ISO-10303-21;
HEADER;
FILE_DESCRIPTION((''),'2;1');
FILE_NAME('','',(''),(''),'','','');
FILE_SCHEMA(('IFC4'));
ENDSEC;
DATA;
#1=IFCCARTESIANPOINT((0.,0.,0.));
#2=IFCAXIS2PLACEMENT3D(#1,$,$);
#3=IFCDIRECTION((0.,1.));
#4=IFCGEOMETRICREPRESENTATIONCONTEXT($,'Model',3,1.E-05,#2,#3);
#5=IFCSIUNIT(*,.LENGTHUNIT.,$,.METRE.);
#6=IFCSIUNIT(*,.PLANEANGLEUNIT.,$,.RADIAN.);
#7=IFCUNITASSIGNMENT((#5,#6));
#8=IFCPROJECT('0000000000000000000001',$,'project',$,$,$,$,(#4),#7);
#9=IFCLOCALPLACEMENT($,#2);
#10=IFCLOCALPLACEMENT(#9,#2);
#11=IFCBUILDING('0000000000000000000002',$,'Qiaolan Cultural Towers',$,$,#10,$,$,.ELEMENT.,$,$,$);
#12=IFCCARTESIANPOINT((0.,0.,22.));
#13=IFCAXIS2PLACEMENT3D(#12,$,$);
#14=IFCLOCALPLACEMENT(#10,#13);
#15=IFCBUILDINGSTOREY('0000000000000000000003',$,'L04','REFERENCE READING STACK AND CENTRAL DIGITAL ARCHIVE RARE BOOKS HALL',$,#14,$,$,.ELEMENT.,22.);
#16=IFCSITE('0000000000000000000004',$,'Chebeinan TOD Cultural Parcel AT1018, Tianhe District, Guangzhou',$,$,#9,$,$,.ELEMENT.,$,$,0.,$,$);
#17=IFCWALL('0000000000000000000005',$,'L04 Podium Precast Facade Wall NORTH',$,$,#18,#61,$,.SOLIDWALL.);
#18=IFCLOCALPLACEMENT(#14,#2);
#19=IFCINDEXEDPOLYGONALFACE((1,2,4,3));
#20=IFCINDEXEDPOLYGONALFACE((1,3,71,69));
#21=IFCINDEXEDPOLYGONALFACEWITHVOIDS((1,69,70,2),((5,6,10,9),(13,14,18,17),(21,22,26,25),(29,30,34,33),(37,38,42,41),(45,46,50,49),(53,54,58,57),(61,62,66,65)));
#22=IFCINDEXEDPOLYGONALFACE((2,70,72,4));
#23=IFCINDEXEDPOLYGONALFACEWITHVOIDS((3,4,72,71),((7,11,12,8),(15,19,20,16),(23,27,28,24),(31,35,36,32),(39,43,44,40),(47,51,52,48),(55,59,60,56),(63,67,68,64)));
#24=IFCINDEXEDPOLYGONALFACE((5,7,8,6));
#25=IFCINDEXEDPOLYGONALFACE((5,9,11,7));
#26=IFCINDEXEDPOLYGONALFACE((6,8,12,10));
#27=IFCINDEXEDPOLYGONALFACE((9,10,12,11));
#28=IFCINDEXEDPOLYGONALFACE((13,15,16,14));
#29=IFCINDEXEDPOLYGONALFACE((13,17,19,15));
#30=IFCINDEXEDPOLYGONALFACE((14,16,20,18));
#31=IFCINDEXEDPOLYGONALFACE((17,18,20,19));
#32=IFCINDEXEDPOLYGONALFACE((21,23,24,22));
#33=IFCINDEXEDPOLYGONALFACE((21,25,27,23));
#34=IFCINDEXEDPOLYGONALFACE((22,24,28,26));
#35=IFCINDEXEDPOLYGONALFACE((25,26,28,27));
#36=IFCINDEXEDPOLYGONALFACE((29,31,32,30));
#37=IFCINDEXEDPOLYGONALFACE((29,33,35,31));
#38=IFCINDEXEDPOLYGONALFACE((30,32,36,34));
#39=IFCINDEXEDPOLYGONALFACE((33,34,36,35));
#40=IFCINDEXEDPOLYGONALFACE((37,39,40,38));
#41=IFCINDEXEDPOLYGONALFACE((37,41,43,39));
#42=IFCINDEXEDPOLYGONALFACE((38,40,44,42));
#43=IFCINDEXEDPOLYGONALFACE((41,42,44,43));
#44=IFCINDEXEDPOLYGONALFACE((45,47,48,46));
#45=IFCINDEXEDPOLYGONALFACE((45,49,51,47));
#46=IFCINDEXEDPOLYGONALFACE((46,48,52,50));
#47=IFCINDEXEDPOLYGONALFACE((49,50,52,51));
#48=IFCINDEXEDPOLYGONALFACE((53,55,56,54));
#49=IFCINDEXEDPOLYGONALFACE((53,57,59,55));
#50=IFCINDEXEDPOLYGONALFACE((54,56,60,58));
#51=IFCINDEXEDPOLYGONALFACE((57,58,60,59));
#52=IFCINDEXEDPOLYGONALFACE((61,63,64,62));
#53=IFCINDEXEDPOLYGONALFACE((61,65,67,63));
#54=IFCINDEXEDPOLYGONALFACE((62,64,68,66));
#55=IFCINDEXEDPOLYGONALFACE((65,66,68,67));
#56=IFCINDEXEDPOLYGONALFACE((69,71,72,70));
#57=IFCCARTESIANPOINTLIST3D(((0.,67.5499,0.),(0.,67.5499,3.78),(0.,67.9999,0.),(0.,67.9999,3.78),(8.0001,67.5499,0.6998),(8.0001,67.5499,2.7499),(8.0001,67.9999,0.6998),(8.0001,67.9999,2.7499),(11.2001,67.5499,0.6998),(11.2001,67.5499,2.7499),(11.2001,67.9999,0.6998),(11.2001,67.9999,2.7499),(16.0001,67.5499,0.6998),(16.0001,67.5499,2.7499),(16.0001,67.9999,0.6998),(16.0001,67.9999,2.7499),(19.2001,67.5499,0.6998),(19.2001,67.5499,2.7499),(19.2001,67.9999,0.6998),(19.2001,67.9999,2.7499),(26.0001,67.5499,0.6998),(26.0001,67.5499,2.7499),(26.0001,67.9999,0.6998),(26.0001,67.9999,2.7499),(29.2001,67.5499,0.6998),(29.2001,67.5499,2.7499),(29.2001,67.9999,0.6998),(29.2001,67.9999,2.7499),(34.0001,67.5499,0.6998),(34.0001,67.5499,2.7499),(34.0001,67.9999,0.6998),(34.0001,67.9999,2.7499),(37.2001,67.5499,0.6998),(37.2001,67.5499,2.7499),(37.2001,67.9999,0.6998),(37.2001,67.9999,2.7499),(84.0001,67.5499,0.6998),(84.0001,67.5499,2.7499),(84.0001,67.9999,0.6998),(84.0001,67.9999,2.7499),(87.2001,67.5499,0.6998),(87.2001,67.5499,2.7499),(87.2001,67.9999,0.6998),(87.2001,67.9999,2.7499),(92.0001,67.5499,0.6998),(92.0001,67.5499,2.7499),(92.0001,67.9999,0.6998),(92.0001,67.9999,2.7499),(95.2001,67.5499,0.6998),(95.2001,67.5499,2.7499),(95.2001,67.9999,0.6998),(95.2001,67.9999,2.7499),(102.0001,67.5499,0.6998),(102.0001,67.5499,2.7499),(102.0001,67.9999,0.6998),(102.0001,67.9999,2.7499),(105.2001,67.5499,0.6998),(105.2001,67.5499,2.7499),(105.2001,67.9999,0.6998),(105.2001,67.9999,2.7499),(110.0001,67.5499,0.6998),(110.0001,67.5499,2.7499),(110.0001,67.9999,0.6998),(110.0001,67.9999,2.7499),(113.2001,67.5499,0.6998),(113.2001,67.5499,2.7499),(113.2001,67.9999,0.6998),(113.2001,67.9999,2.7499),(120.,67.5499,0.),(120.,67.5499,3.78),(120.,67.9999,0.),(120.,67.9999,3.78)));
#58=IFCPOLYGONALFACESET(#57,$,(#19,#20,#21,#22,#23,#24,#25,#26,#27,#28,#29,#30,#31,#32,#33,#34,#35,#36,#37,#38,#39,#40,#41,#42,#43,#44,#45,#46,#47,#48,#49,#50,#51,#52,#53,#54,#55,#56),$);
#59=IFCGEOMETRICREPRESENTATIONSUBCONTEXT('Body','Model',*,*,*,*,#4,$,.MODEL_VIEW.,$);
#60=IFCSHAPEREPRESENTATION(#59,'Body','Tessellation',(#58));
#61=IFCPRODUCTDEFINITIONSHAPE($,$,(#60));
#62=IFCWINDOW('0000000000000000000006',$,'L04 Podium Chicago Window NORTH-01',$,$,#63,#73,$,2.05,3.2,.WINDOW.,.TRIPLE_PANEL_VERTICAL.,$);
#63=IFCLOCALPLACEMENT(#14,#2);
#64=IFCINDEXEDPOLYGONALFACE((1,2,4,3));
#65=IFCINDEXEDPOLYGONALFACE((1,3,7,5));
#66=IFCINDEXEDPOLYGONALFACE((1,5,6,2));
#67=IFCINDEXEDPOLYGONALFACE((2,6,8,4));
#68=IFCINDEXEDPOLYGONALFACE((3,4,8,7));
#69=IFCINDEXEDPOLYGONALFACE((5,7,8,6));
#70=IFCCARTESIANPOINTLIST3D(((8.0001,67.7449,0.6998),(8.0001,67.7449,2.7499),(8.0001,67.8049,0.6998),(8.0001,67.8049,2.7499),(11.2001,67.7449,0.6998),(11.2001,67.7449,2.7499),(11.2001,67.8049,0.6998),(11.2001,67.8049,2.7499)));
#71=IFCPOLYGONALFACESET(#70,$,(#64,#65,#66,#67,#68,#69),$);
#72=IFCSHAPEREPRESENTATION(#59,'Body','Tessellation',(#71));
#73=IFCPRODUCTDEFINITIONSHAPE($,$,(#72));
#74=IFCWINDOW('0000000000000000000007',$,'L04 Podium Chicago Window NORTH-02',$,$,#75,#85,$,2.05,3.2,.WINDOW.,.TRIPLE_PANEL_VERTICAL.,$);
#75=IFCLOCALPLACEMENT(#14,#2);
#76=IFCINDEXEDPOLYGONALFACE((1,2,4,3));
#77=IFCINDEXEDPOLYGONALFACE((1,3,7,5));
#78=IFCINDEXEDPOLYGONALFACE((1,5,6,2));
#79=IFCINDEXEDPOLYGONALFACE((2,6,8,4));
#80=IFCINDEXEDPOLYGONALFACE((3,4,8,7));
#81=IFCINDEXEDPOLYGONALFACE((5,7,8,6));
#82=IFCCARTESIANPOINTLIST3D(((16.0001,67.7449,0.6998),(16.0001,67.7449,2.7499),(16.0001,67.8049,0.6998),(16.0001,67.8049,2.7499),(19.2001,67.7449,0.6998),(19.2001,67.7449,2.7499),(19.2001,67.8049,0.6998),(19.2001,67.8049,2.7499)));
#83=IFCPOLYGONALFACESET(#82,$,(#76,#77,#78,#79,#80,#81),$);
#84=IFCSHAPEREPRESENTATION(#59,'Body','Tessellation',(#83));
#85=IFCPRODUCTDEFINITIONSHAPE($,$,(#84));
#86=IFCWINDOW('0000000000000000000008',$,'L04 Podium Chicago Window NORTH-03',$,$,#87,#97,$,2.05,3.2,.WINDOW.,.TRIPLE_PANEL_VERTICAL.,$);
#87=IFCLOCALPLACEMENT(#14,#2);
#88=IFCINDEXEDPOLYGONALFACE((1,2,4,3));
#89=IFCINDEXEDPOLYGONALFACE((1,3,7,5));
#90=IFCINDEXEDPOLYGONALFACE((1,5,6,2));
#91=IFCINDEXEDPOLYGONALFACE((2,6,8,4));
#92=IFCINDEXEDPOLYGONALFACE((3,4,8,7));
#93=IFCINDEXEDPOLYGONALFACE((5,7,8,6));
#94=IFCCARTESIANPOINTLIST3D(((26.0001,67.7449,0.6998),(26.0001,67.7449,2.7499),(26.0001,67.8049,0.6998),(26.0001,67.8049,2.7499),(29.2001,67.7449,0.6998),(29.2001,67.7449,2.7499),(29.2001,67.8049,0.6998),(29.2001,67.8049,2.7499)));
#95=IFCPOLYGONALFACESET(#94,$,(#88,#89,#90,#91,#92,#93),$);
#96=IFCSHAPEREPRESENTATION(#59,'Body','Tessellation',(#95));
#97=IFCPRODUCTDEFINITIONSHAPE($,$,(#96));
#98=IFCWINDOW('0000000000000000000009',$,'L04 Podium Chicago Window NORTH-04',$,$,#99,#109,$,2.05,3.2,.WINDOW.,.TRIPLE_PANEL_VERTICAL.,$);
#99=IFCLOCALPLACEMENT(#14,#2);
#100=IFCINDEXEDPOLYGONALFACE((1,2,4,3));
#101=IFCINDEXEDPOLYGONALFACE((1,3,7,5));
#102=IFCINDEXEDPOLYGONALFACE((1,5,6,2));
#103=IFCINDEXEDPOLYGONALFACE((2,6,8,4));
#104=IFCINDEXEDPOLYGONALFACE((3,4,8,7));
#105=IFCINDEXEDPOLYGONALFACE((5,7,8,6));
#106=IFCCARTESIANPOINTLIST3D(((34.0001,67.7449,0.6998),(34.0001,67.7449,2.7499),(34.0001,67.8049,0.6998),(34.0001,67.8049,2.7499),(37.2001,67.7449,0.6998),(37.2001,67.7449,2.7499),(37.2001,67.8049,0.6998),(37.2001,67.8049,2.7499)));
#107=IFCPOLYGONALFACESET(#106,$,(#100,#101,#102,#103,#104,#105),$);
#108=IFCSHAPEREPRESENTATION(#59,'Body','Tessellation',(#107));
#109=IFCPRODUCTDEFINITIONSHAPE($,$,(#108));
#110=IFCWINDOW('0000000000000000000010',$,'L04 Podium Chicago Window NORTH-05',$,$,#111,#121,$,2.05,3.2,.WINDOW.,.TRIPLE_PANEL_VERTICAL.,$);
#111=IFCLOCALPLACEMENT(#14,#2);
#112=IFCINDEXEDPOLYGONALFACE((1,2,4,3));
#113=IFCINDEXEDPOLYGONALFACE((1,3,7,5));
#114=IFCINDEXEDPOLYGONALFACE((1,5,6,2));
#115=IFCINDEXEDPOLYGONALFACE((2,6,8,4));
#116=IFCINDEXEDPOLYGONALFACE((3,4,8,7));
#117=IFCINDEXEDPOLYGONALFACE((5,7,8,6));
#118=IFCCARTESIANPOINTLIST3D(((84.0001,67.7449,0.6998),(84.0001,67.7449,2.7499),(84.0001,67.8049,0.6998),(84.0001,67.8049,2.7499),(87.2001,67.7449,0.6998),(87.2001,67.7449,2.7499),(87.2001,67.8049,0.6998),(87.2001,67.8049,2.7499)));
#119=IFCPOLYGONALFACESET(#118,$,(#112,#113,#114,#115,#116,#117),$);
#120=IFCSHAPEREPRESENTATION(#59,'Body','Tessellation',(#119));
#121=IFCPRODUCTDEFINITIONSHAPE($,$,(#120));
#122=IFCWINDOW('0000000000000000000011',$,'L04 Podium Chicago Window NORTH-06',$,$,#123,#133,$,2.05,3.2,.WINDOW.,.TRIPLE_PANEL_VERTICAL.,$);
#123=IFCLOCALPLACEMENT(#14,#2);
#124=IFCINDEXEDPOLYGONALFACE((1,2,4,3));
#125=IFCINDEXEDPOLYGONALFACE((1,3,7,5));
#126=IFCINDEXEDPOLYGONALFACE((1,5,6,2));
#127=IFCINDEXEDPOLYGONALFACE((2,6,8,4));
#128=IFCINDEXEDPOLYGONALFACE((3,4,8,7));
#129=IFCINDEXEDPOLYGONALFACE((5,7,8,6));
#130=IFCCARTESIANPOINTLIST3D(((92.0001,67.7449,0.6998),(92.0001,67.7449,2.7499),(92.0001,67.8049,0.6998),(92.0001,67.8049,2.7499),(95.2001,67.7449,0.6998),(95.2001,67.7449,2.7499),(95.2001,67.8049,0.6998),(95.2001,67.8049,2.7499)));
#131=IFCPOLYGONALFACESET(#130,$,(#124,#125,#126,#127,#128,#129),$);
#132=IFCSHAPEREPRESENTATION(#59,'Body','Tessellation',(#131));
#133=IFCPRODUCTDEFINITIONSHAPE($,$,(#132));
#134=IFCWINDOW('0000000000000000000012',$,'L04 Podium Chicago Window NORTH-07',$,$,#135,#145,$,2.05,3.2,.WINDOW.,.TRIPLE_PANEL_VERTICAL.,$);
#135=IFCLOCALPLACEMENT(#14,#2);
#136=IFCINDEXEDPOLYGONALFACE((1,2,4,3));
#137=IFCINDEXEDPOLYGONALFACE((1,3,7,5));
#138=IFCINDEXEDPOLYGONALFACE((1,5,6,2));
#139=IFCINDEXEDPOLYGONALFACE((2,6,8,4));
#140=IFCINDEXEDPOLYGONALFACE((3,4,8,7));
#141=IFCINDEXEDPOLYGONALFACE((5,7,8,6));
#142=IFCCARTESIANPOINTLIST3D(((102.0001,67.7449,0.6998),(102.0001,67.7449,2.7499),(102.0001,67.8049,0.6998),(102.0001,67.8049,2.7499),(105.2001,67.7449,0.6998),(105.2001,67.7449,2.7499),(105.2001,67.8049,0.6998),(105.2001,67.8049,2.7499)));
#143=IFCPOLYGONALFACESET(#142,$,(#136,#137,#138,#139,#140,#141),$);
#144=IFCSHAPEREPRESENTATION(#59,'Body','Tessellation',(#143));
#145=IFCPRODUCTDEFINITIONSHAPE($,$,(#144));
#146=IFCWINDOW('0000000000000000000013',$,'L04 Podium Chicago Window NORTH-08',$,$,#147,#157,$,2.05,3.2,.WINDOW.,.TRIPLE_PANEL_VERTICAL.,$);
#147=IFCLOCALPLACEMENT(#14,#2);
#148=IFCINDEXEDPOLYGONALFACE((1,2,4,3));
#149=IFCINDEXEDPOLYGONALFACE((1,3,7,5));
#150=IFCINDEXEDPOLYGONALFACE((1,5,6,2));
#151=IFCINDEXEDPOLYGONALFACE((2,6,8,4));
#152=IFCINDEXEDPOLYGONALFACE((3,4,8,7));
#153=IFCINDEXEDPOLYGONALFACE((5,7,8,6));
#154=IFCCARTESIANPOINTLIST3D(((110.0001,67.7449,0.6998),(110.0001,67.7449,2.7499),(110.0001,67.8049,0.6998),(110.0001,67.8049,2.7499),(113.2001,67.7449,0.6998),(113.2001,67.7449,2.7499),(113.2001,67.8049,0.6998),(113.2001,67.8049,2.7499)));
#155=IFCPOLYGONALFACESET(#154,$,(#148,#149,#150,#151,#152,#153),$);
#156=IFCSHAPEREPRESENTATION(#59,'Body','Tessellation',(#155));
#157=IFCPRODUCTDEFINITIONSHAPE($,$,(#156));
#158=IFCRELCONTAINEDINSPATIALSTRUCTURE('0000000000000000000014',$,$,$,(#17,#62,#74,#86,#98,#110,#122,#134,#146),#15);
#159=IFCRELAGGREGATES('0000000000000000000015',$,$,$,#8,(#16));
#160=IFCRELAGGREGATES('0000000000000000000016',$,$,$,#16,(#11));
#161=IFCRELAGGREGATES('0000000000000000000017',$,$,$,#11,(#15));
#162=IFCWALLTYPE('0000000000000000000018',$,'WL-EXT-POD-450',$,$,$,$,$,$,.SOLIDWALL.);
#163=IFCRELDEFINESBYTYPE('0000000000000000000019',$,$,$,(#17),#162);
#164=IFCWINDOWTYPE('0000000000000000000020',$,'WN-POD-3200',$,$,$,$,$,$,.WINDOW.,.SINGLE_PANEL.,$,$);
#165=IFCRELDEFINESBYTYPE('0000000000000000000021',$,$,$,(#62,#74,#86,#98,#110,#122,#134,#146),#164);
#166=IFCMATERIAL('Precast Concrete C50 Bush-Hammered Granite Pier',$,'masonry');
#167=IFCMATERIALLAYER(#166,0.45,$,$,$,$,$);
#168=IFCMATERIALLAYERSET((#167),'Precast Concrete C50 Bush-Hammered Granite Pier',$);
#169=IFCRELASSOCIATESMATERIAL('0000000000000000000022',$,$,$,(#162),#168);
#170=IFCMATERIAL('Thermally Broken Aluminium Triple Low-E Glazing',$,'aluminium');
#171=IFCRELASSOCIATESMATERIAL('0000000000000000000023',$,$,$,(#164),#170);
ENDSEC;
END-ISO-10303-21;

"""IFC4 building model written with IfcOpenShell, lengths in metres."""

from ifc_helpers import new_model, si_unit, direction, frame, frame_2d, origin, place, context, subcontext, project, spatial, rectangle, extrude, material, layer, layer_set, type_object, element, fill, save


model = new_model("IFC4")

# Units and contexts
model_context = context("Model", 3, precision=1e-05, world=origin(), true_north=direction((0.0, 1.0)))
body_context = subcontext(model_context, "Body", "Model", "MODEL_VIEW")
ifc_project = project(units=[si_unit("LENGTHUNIT", "METRE"), si_unit("PLANEANGLEUNIT", "RADIAN")], contexts=[model_context])

# Site, building, storey
site_placement = place(None, origin())
site = spatial("IfcSite", under=ifc_project, at=site_placement, Name="Chebeinan TOD Cultural Parcel AT1018, Tianhe District, Guangzhou", CompositionType="ELEMENT", RefElevation=0.0)
building_placement = place(site_placement, origin())
building = spatial("IfcBuilding", under=site, at=building_placement, Name="Qiaolan Cultural Towers", CompositionType="ELEMENT")
storey_placement = place(building_placement, frame((0.0, 0.0, 22.0)))
storey = spatial("IfcBuildingStorey", under=building, at=storey_placement, Name="L04", Description="REFERENCE READING STACK AND CENTRAL DIGITAL ARCHIVE RARE BOOKS HALL", CompositionType="ELEMENT", Elevation=22.0)

# Wall, openings, windows
ifc_material_1 = material(Name="Precast Concrete C50 Bush-Hammered Granite Pier", Category="masonry")
ifc_layer_1 = layer(ifc_material_1, 0.45)
ifc_layer_set_1 = layer_set([ifc_layer_1], Name="Precast Concrete C50 Bush-Hammered Granite Pier")
wall_type_1 = type_object("IfcWallType", Name="WL-EXT-POD-450", PredefinedType="SOLIDWALL", material=ifc_layer_set_1)
wall_1_placement = place(storey_placement, frame((0.0, 67.7749, 0.0), z_axis=(0.0, 0.0, 1.0), x_axis=(1.0, 0.0, 0.0)))
wall_1 = element("IfcWall", 1, at=wall_1_placement, inside=storey, type_object=wall_type_1, Name="L04 Podium Precast Facade Wall NORTH", PredefinedType="SOLIDWALL", context=body_context, shape_type="SweptSolid", body=[
    extrude(rectangle(XDim=120.0, YDim=0.45, at=frame_2d((60.0, 0.0))), origin(), (0.0, 0.0, 1.0), 3.78),
])
opening_1_placement = place(wall_1_placement, frame((8.0, 0.0, 0.7)))
opening_1 = element("IfcOpeningElement", 2, at=opening_1_placement, cuts=wall_1, PredefinedType="OPENING", context=body_context, shape_type="SweptSolid", body=[
    extrude(rectangle(XDim=3.2, YDim=2.05, at=frame_2d((1.6001, 1.0249))), frame((0.0, 0.2349, 0.0), z_axis=(0.0, -1.0, 0.0), x_axis=(1.0, 0.0, 0.0)), (0.0, 0.0, 1.0), 0.47),
])
opening_2_placement = place(wall_1_placement, frame((16.0, 0.0, 0.7)))
opening_2 = element("IfcOpeningElement", 3, at=opening_2_placement, cuts=wall_1, PredefinedType="OPENING", context=body_context, shape_type="SweptSolid", body=[
    extrude(rectangle(XDim=3.2, YDim=2.05, at=frame_2d((1.6001, 1.0249))), frame((0.0, 0.2349, 0.0), z_axis=(0.0, -1.0, 0.0), x_axis=(1.0, 0.0, 0.0)), (0.0, 0.0, 1.0), 0.47),
])
opening_3_placement = place(wall_1_placement, frame((26.0, 0.0, 0.7)))
opening_3 = element("IfcOpeningElement", 4, at=opening_3_placement, cuts=wall_1, PredefinedType="OPENING", context=body_context, shape_type="SweptSolid", body=[
    extrude(rectangle(XDim=3.2, YDim=2.05, at=frame_2d((1.6001, 1.0249))), frame((0.0, 0.2349, 0.0), z_axis=(0.0, -1.0, 0.0), x_axis=(1.0, 0.0, 0.0)), (0.0, 0.0, 1.0), 0.47),
])
opening_4_placement = place(wall_1_placement, frame((34.0, 0.0, 0.7)))
opening_4 = element("IfcOpeningElement", 5, at=opening_4_placement, cuts=wall_1, PredefinedType="OPENING", context=body_context, shape_type="SweptSolid", body=[
    extrude(rectangle(XDim=3.2, YDim=2.05, at=frame_2d((1.6001, 1.0249))), frame((0.0, 0.2349, 0.0), z_axis=(0.0, -1.0, 0.0), x_axis=(1.0, 0.0, 0.0)), (0.0, 0.0, 1.0), 0.47),
])
opening_5_placement = place(wall_1_placement, frame((84.0, 0.0, 0.7)))
opening_5 = element("IfcOpeningElement", 6, at=opening_5_placement, cuts=wall_1, PredefinedType="OPENING", context=body_context, shape_type="SweptSolid", body=[
    extrude(rectangle(XDim=3.2, YDim=2.05, at=frame_2d((1.6001, 1.0249))), frame((0.0, 0.2349, 0.0), z_axis=(0.0, -1.0, 0.0), x_axis=(1.0, 0.0, 0.0)), (0.0, 0.0, 1.0), 0.47),
])
opening_6_placement = place(wall_1_placement, frame((92.0, 0.0, 0.7)))
opening_6 = element("IfcOpeningElement", 7, at=opening_6_placement, cuts=wall_1, PredefinedType="OPENING", context=body_context, shape_type="SweptSolid", body=[
    extrude(rectangle(XDim=3.2, YDim=2.05, at=frame_2d((1.6001, 1.0249))), frame((0.0, 0.2349, 0.0), z_axis=(0.0, -1.0, 0.0), x_axis=(1.0, 0.0, 0.0)), (0.0, 0.0, 1.0), 0.47),
])
opening_7_placement = place(wall_1_placement, frame((102.0, 0.0, 0.7)))
opening_7 = element("IfcOpeningElement", 8, at=opening_7_placement, cuts=wall_1, PredefinedType="OPENING", context=body_context, shape_type="SweptSolid", body=[
    extrude(rectangle(XDim=3.2, YDim=2.05, at=frame_2d((1.6001, 1.0249))), frame((0.0, 0.2349, 0.0), z_axis=(0.0, -1.0, 0.0), x_axis=(1.0, 0.0, 0.0)), (0.0, 0.0, 1.0), 0.47),
])
opening_8_placement = place(wall_1_placement, frame((110.0, 0.0, 0.7)))
opening_8 = element("IfcOpeningElement", 9, at=opening_8_placement, cuts=wall_1, PredefinedType="OPENING", context=body_context, shape_type="SweptSolid", body=[
    extrude(rectangle(XDim=3.2, YDim=2.05, at=frame_2d((1.6001, 1.0249))), frame((0.0, 0.2349, 0.0), z_axis=(0.0, -1.0, 0.0), x_axis=(1.0, 0.0, 0.0)), (0.0, 0.0, 1.0), 0.47),
])
ifc_material_2 = material(Name="Thermally Broken Aluminium Triple Low-E Glazing", Category="aluminium")
window_type = type_object("IfcWindowType", Name="WN-POD-3200", PartitioningType="SINGLE_PANEL", PredefinedType="WINDOW", material=ifc_material_2)
window_1_placement = place(opening_1_placement, origin())
window_1 = element("IfcWindow", 10, at=window_1_placement, inside=storey, type_object=window_type, Name="L04 Podium Chicago Window NORTH-01", OverallHeight=2.05, OverallWidth=3.2, PartitioningType="TRIPLE_PANEL_VERTICAL", PredefinedType="WINDOW", context=body_context, shape_type="SweptSolid", body=[
    extrude(rectangle(XDim=3.2, YDim=2.05, at=frame_2d((1.6001, 1.0249))), frame((0.0, 0.03, 0.0), z_axis=(0.0, -1.0, 0.0), x_axis=(1.0, 0.0, 0.0)), (0.0, 0.0, 1.0), 0.0601),
])
fill(opening_1, window_1)
window_2_placement = place(opening_2_placement, origin())
window_2 = element("IfcWindow", 11, at=window_2_placement, inside=storey, type_object=window_type, Name="L04 Podium Chicago Window NORTH-02", OverallHeight=2.05, OverallWidth=3.2, PartitioningType="TRIPLE_PANEL_VERTICAL", PredefinedType="WINDOW", context=body_context, shape_type="SweptSolid", body=[
    extrude(rectangle(XDim=3.2, YDim=2.05, at=frame_2d((1.6001, 1.0249))), frame((0.0, 0.03, 0.0), z_axis=(0.0, -1.0, 0.0), x_axis=(1.0, 0.0, 0.0)), (0.0, 0.0, 1.0), 0.0601),
])
fill(opening_2, window_2)
window_3_placement = place(opening_3_placement, origin())
window_3 = element("IfcWindow", 12, at=window_3_placement, inside=storey, type_object=window_type, Name="L04 Podium Chicago Window NORTH-03", OverallHeight=2.05, OverallWidth=3.2, PartitioningType="TRIPLE_PANEL_VERTICAL", PredefinedType="WINDOW", context=body_context, shape_type="SweptSolid", body=[
    extrude(rectangle(XDim=3.2, YDim=2.05, at=frame_2d((1.6001, 1.0249))), frame((0.0, 0.03, 0.0), z_axis=(0.0, -1.0, 0.0), x_axis=(1.0, 0.0, 0.0)), (0.0, 0.0, 1.0), 0.0601),
])
fill(opening_3, window_3)
window_4_placement = place(opening_4_placement, origin())
window_4 = element("IfcWindow", 13, at=window_4_placement, inside=storey, type_object=window_type, Name="L04 Podium Chicago Window NORTH-04", OverallHeight=2.05, OverallWidth=3.2, PartitioningType="TRIPLE_PANEL_VERTICAL", PredefinedType="WINDOW", context=body_context, shape_type="SweptSolid", body=[
    extrude(rectangle(XDim=3.2, YDim=2.05, at=frame_2d((1.6001, 1.0249))), frame((0.0, 0.03, 0.0), z_axis=(0.0, -1.0, 0.0), x_axis=(1.0, 0.0, 0.0)), (0.0, 0.0, 1.0), 0.0601),
])
fill(opening_4, window_4)
window_5_placement = place(opening_5_placement, origin())
window_5 = element("IfcWindow", 14, at=window_5_placement, inside=storey, type_object=window_type, Name="L04 Podium Chicago Window NORTH-05", OverallHeight=2.05, OverallWidth=3.2, PartitioningType="TRIPLE_PANEL_VERTICAL", PredefinedType="WINDOW", context=body_context, shape_type="SweptSolid", body=[
    extrude(rectangle(XDim=3.2, YDim=2.05, at=frame_2d((1.6001, 1.0249))), frame((0.0, 0.03, 0.0), z_axis=(0.0, -1.0, 0.0), x_axis=(1.0, 0.0, 0.0)), (0.0, 0.0, 1.0), 0.0601),
])
fill(opening_5, window_5)
window_6_placement = place(opening_6_placement, origin())
window_6 = element("IfcWindow", 15, at=window_6_placement, inside=storey, type_object=window_type, Name="L04 Podium Chicago Window NORTH-06", OverallHeight=2.05, OverallWidth=3.2, PartitioningType="TRIPLE_PANEL_VERTICAL", PredefinedType="WINDOW", context=body_context, shape_type="SweptSolid", body=[
    extrude(rectangle(XDim=3.2, YDim=2.05, at=frame_2d((1.6001, 1.0249))), frame((0.0, 0.03, 0.0), z_axis=(0.0, -1.0, 0.0), x_axis=(1.0, 0.0, 0.0)), (0.0, 0.0, 1.0), 0.0601),
])
fill(opening_6, window_6)
window_7_placement = place(opening_7_placement, origin())
window_7 = element("IfcWindow", 16, at=window_7_placement, inside=storey, type_object=window_type, Name="L04 Podium Chicago Window NORTH-07", OverallHeight=2.05, OverallWidth=3.2, PartitioningType="TRIPLE_PANEL_VERTICAL", PredefinedType="WINDOW", context=body_context, shape_type="SweptSolid", body=[
    extrude(rectangle(XDim=3.2, YDim=2.05, at=frame_2d((1.6001, 1.0249))), frame((0.0, 0.03, 0.0), z_axis=(0.0, -1.0, 0.0), x_axis=(1.0, 0.0, 0.0)), (0.0, 0.0, 1.0), 0.0601),
])
fill(opening_7, window_7)
window_8_placement = place(opening_8_placement, origin())
window_8 = element("IfcWindow", 17, at=window_8_placement, inside=storey, type_object=window_type, Name="L04 Podium Chicago Window NORTH-08", OverallHeight=2.05, OverallWidth=3.2, PartitioningType="TRIPLE_PANEL_VERTICAL", PredefinedType="WINDOW", context=body_context, shape_type="SweptSolid", body=[
    extrude(rectangle(XDim=3.2, YDim=2.05, at=frame_2d((1.6001, 1.0249))), frame((0.0, 0.03, 0.0), z_axis=(0.0, -1.0, 0.0), x_axis=(1.0, 0.0, 0.0)), (0.0, 0.0, 1.0), 0.0601),
])
fill(opening_8, window_8)

save(model, "model.ifc")
